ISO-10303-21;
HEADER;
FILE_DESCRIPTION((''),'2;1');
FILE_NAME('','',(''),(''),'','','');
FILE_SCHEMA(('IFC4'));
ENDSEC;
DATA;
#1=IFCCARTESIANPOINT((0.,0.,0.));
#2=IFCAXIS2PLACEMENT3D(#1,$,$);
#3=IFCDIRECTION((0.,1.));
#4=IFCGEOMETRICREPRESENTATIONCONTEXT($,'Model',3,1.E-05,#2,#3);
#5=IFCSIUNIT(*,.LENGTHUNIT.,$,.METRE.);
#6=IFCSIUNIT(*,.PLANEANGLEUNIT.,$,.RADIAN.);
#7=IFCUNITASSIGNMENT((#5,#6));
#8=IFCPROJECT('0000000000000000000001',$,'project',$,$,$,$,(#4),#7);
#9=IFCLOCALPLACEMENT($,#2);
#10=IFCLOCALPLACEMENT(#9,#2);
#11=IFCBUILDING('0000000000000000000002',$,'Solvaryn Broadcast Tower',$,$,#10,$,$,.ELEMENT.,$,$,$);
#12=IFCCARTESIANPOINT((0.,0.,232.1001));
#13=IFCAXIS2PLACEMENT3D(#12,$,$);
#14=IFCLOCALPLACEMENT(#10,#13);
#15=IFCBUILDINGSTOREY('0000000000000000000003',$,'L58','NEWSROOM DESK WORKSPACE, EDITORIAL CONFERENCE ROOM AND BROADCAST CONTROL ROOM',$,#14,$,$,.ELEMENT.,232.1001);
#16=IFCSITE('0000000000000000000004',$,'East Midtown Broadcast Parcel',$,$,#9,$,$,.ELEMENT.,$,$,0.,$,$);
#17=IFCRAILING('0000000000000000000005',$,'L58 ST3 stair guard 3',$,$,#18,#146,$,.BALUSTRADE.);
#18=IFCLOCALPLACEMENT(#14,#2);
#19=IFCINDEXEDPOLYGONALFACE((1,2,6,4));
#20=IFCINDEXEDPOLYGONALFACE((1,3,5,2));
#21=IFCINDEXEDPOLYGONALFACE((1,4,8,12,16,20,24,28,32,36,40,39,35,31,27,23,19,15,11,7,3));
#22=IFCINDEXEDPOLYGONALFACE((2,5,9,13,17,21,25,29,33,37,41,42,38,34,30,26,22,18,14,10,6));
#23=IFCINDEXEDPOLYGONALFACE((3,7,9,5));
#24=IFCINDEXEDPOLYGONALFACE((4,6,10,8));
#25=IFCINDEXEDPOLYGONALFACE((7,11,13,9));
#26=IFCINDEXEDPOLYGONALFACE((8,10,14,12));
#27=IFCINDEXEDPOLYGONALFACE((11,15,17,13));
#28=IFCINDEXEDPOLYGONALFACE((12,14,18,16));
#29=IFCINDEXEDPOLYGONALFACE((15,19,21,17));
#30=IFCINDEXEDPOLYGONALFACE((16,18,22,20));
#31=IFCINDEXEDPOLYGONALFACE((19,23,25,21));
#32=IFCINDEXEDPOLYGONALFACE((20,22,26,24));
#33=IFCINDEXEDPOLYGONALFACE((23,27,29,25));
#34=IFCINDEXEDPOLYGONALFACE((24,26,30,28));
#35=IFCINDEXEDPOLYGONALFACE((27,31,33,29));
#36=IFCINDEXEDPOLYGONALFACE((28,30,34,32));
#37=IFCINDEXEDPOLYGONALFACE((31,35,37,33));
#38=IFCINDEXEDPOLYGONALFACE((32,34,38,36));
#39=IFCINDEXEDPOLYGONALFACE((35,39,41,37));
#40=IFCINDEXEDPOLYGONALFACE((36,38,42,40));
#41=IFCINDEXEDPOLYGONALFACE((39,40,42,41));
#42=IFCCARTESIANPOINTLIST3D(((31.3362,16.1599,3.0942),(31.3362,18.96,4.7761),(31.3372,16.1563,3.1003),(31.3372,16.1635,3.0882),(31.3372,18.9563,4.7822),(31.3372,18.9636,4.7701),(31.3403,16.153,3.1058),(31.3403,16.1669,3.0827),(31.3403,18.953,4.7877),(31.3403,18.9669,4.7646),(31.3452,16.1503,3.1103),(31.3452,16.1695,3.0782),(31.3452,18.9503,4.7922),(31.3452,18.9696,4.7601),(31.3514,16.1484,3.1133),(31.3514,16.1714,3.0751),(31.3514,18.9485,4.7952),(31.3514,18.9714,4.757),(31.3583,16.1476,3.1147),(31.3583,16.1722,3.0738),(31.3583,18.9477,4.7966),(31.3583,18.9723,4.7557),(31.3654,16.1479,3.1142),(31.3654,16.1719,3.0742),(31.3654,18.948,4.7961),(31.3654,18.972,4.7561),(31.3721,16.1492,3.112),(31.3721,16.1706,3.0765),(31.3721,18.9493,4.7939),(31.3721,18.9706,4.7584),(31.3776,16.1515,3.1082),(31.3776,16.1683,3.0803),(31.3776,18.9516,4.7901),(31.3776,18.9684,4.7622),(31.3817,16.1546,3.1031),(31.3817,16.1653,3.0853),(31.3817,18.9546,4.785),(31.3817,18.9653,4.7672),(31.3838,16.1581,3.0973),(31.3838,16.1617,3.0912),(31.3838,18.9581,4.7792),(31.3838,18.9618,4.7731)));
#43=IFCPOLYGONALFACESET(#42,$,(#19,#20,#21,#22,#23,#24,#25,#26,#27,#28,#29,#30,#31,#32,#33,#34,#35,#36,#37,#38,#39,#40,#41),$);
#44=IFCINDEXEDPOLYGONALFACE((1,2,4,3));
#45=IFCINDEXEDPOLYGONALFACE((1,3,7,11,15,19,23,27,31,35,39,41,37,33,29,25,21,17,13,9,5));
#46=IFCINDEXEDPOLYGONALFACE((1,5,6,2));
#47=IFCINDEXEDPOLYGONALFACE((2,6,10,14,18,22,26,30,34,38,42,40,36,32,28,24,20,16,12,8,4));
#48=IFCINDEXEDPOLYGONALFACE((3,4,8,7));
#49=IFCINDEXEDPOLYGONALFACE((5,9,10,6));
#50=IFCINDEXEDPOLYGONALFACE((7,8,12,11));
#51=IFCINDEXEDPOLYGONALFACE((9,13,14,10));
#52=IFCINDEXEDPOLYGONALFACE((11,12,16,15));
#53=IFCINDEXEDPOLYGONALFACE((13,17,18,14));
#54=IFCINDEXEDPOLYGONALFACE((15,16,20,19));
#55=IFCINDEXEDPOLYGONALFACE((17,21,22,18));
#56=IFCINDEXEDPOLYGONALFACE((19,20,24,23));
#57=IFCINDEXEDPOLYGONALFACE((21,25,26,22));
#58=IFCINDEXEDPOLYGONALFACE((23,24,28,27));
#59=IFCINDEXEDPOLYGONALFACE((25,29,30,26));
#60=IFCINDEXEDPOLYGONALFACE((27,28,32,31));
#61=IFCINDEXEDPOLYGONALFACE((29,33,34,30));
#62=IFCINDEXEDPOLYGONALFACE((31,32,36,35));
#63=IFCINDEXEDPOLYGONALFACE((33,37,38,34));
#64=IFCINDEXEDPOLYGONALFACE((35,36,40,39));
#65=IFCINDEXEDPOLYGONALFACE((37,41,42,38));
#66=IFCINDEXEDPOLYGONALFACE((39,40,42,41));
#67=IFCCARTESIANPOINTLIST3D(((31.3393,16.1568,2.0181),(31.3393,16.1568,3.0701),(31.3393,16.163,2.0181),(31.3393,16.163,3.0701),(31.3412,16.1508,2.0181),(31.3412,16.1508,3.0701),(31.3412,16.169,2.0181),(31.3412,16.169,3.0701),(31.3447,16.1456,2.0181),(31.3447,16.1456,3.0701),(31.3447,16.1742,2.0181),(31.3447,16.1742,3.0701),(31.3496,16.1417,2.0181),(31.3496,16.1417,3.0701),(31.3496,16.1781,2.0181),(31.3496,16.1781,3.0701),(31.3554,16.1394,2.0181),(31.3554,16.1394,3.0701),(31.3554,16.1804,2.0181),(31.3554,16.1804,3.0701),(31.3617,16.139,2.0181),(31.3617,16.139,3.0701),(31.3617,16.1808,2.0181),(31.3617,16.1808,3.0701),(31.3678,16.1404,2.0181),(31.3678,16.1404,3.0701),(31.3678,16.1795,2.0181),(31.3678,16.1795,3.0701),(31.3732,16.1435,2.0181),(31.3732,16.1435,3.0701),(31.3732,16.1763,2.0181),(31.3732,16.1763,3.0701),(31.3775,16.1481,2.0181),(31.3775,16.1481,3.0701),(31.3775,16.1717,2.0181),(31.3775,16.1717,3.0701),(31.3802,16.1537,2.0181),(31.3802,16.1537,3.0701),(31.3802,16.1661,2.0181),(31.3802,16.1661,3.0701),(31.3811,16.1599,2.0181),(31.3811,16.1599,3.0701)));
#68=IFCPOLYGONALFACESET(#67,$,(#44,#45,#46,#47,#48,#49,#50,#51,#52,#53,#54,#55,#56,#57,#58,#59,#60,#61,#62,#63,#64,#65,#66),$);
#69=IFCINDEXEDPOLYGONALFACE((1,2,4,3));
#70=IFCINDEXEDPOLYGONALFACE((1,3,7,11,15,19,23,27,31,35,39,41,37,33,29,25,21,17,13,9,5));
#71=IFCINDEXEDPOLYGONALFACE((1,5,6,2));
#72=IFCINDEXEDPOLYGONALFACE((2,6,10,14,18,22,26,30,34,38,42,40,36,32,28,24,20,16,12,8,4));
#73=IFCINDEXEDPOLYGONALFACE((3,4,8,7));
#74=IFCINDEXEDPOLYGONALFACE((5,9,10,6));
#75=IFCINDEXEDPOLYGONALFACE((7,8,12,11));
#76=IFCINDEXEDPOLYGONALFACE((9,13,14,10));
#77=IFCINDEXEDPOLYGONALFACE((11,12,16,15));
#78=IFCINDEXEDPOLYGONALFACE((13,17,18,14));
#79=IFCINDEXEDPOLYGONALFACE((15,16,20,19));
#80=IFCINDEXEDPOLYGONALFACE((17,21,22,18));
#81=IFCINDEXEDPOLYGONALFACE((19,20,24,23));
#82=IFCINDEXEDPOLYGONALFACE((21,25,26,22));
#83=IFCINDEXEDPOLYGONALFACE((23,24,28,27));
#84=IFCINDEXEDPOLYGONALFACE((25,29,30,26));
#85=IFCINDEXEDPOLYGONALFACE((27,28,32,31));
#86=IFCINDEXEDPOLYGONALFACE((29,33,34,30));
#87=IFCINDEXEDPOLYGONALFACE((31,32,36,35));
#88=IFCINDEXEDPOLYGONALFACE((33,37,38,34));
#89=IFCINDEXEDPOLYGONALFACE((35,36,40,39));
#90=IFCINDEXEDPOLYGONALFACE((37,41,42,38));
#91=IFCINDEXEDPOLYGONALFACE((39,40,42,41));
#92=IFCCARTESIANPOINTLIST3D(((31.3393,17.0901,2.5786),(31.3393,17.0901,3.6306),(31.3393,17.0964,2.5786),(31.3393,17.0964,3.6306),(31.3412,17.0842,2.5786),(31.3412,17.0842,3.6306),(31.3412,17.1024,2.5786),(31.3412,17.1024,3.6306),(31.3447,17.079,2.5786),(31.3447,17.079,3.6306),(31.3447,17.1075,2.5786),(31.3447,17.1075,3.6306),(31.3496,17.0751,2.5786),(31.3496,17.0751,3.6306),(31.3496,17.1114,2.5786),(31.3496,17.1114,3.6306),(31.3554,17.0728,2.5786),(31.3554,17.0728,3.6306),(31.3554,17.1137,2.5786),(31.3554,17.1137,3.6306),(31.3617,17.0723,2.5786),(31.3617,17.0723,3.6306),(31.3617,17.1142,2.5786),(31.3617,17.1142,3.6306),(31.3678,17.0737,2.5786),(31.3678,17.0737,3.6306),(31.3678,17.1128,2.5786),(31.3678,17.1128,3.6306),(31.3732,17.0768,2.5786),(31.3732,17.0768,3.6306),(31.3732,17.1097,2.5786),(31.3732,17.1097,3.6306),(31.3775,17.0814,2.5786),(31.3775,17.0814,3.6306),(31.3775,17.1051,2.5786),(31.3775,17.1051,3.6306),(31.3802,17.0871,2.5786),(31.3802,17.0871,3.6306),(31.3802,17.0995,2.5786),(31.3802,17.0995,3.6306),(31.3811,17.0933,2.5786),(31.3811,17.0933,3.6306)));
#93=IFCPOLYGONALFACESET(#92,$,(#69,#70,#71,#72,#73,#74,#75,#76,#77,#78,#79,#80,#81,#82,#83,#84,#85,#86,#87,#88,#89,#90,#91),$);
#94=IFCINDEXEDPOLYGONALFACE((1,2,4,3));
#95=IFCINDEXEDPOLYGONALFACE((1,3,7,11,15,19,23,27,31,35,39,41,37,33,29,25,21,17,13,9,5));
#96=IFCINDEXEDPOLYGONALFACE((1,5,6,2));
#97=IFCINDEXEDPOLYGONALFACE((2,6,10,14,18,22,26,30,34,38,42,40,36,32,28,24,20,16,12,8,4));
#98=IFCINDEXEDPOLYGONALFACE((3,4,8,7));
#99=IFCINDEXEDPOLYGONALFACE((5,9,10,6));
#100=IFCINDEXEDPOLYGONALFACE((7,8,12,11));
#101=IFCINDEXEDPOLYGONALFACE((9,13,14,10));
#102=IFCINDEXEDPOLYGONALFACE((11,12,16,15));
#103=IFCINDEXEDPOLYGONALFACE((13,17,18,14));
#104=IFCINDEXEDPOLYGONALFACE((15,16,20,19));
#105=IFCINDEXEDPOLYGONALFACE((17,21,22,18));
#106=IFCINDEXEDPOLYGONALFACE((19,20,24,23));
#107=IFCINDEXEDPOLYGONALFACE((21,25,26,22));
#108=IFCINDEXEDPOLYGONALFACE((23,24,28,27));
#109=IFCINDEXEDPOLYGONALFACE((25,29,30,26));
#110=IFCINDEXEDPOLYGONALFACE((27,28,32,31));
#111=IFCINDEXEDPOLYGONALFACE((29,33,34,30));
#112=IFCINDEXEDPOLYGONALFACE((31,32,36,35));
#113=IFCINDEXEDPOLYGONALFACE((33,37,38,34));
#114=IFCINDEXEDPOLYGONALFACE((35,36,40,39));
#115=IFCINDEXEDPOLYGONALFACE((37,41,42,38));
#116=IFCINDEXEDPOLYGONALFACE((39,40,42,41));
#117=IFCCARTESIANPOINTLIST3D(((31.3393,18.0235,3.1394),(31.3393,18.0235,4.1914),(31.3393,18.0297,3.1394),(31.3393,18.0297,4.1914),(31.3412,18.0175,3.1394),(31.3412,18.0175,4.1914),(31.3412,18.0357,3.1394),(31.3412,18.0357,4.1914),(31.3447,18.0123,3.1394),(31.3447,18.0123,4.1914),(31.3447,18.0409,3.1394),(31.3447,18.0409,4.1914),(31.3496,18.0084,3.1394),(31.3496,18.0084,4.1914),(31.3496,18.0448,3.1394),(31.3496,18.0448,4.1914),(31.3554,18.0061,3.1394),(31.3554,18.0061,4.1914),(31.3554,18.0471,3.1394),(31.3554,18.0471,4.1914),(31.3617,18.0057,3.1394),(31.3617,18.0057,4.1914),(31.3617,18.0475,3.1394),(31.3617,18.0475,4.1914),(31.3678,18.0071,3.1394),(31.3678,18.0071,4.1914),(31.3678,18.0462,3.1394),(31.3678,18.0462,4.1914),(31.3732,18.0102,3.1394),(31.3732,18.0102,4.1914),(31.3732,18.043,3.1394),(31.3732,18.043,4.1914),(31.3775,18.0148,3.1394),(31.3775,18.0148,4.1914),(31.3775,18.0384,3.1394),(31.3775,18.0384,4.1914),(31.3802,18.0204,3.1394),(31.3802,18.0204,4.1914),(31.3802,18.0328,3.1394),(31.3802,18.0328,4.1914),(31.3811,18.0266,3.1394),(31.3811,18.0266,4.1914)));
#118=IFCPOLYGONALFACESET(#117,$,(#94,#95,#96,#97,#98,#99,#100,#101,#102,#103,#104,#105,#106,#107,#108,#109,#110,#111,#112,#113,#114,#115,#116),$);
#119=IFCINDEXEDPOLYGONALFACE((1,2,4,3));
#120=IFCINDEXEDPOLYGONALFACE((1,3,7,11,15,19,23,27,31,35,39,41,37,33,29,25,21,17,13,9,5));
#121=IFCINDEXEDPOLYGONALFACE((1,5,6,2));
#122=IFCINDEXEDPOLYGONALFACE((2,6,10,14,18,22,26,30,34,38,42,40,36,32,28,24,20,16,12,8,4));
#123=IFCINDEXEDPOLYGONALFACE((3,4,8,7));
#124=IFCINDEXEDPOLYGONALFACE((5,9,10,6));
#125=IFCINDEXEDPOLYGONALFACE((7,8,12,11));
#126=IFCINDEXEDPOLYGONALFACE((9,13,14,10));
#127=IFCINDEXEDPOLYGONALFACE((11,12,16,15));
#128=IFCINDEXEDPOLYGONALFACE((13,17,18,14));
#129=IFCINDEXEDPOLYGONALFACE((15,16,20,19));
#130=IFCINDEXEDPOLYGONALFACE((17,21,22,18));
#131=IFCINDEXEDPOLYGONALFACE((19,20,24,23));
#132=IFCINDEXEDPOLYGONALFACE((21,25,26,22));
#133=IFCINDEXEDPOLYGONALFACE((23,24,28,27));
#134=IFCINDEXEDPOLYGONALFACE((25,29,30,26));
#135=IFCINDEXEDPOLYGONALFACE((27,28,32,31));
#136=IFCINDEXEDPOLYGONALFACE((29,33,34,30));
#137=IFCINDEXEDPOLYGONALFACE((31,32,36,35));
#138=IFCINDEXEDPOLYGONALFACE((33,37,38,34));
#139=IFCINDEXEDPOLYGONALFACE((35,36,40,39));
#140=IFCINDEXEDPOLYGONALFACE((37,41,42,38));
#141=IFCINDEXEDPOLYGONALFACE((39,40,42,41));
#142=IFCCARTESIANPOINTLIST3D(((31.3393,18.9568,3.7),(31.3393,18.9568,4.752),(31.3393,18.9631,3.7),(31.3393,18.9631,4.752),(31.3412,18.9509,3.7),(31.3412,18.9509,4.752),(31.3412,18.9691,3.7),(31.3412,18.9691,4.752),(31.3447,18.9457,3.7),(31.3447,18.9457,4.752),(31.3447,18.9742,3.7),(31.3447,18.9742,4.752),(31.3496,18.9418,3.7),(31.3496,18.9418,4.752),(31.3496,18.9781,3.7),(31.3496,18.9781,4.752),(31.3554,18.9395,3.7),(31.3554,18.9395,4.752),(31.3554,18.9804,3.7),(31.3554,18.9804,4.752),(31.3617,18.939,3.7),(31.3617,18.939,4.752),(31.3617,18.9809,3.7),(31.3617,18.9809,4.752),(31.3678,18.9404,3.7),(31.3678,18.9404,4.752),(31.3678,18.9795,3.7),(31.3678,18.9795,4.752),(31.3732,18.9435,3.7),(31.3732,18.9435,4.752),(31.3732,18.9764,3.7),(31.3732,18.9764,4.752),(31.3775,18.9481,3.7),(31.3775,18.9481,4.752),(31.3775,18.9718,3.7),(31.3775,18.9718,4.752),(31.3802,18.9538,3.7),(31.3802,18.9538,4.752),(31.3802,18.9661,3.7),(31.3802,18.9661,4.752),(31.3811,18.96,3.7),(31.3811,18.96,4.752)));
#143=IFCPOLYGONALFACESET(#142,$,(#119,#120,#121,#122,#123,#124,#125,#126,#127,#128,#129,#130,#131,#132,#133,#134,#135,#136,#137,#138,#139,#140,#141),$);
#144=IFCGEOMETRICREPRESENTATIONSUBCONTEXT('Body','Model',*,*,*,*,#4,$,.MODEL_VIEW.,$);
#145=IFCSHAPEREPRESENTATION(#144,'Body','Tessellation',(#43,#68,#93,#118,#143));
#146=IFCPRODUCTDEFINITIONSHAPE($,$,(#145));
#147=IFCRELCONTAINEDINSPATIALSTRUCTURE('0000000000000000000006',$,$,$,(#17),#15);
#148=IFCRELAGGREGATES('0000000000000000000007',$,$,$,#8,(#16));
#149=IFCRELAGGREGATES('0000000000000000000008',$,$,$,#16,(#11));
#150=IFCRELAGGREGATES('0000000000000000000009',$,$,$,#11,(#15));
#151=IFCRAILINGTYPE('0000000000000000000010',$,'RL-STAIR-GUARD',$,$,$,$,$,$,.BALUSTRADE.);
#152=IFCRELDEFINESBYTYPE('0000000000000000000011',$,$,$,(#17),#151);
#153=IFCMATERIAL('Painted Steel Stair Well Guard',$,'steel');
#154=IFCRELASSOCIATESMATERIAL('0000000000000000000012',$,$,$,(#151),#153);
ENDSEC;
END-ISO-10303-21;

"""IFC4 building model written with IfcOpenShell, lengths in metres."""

from ifc_helpers import new_model, si_unit, direction, frame, origin, origin_2d, place, context, subcontext, project, spatial, circle, extrude, material, type_object, element, save


model = new_model("IFC4")

# Units and contexts
model_context = context("Model", 3, precision=1e-05, world=origin(), true_north=direction((0.0, 1.0)))
body_context = subcontext(model_context, "Body", "Model", "MODEL_VIEW")
ifc_project = project(units=[si_unit("LENGTHUNIT", "METRE"), si_unit("PLANEANGLEUNIT", "RADIAN")], contexts=[model_context])

# Site, building, storey
site_placement = place(None, origin())
site = spatial("IfcSite", under=ifc_project, at=site_placement, Name="East Midtown Broadcast Parcel", CompositionType="ELEMENT", RefElevation=0.0)
building_placement = place(site_placement, origin())
building = spatial("IfcBuilding", under=site, at=building_placement, Name="Solvaryn Broadcast Tower", CompositionType="ELEMENT")
storey_placement = place(building_placement, frame((0.0, 0.0, 232.1001)))
storey = spatial("IfcBuildingStorey", under=building, at=storey_placement, Name="L58", Description="NEWSROOM DESK WORKSPACE, EDITORIAL CONFERENCE ROOM AND BROADCAST CONTROL ROOM", CompositionType="ELEMENT", Elevation=232.1001)

# Railing
ifc_material_1 = material(Name="Painted Steel Stair Well Guard", Category="steel")
railing_type_1 = type_object("IfcRailingType", Name="RL-STAIR-GUARD", PredefinedType="BALUSTRADE", material=ifc_material_1)
railing_1_placement = place(storey_placement, frame((31.3601, 16.1599, 2.0181)))
element("IfcRailing", 1, at=railing_1_placement, inside=storey, type_object=railing_type_1, Name="L58 ST3 stair guard 3", PredefinedType="BALUSTRADE", context=body_context, shape_type="SweptSolid", body=[
    extrude(circle(Radius=0.0239, at=origin_2d()), frame((0.0, 0.0, 1.0762), z_axis=(0.0, 0.857242, 0.514913), x_axis=(-1.0, 0.0, 0.0)), (0.0, 0.0, 1.0), 3.2664),
    extrude(circle(Radius=0.021, at=origin_2d()), origin(), (0.0, 0.0, 1.0), 1.052),
    extrude(circle(Radius=0.021, at=origin_2d()), frame((0.0, 0.9333, 0.5605)), (0.0, 0.0, 1.0), 1.052),
    extrude(circle(Radius=0.021, at=origin_2d()), frame((0.0, 1.8667, 1.1213)), (0.0, 0.0, 1.0), 1.052),
    extrude(circle(Radius=0.021, at=origin_2d()), frame((0.0, 2.8, 1.6819)), (0.0, 0.0, 1.0), 1.052),
])

save(model, "model.ifc")
